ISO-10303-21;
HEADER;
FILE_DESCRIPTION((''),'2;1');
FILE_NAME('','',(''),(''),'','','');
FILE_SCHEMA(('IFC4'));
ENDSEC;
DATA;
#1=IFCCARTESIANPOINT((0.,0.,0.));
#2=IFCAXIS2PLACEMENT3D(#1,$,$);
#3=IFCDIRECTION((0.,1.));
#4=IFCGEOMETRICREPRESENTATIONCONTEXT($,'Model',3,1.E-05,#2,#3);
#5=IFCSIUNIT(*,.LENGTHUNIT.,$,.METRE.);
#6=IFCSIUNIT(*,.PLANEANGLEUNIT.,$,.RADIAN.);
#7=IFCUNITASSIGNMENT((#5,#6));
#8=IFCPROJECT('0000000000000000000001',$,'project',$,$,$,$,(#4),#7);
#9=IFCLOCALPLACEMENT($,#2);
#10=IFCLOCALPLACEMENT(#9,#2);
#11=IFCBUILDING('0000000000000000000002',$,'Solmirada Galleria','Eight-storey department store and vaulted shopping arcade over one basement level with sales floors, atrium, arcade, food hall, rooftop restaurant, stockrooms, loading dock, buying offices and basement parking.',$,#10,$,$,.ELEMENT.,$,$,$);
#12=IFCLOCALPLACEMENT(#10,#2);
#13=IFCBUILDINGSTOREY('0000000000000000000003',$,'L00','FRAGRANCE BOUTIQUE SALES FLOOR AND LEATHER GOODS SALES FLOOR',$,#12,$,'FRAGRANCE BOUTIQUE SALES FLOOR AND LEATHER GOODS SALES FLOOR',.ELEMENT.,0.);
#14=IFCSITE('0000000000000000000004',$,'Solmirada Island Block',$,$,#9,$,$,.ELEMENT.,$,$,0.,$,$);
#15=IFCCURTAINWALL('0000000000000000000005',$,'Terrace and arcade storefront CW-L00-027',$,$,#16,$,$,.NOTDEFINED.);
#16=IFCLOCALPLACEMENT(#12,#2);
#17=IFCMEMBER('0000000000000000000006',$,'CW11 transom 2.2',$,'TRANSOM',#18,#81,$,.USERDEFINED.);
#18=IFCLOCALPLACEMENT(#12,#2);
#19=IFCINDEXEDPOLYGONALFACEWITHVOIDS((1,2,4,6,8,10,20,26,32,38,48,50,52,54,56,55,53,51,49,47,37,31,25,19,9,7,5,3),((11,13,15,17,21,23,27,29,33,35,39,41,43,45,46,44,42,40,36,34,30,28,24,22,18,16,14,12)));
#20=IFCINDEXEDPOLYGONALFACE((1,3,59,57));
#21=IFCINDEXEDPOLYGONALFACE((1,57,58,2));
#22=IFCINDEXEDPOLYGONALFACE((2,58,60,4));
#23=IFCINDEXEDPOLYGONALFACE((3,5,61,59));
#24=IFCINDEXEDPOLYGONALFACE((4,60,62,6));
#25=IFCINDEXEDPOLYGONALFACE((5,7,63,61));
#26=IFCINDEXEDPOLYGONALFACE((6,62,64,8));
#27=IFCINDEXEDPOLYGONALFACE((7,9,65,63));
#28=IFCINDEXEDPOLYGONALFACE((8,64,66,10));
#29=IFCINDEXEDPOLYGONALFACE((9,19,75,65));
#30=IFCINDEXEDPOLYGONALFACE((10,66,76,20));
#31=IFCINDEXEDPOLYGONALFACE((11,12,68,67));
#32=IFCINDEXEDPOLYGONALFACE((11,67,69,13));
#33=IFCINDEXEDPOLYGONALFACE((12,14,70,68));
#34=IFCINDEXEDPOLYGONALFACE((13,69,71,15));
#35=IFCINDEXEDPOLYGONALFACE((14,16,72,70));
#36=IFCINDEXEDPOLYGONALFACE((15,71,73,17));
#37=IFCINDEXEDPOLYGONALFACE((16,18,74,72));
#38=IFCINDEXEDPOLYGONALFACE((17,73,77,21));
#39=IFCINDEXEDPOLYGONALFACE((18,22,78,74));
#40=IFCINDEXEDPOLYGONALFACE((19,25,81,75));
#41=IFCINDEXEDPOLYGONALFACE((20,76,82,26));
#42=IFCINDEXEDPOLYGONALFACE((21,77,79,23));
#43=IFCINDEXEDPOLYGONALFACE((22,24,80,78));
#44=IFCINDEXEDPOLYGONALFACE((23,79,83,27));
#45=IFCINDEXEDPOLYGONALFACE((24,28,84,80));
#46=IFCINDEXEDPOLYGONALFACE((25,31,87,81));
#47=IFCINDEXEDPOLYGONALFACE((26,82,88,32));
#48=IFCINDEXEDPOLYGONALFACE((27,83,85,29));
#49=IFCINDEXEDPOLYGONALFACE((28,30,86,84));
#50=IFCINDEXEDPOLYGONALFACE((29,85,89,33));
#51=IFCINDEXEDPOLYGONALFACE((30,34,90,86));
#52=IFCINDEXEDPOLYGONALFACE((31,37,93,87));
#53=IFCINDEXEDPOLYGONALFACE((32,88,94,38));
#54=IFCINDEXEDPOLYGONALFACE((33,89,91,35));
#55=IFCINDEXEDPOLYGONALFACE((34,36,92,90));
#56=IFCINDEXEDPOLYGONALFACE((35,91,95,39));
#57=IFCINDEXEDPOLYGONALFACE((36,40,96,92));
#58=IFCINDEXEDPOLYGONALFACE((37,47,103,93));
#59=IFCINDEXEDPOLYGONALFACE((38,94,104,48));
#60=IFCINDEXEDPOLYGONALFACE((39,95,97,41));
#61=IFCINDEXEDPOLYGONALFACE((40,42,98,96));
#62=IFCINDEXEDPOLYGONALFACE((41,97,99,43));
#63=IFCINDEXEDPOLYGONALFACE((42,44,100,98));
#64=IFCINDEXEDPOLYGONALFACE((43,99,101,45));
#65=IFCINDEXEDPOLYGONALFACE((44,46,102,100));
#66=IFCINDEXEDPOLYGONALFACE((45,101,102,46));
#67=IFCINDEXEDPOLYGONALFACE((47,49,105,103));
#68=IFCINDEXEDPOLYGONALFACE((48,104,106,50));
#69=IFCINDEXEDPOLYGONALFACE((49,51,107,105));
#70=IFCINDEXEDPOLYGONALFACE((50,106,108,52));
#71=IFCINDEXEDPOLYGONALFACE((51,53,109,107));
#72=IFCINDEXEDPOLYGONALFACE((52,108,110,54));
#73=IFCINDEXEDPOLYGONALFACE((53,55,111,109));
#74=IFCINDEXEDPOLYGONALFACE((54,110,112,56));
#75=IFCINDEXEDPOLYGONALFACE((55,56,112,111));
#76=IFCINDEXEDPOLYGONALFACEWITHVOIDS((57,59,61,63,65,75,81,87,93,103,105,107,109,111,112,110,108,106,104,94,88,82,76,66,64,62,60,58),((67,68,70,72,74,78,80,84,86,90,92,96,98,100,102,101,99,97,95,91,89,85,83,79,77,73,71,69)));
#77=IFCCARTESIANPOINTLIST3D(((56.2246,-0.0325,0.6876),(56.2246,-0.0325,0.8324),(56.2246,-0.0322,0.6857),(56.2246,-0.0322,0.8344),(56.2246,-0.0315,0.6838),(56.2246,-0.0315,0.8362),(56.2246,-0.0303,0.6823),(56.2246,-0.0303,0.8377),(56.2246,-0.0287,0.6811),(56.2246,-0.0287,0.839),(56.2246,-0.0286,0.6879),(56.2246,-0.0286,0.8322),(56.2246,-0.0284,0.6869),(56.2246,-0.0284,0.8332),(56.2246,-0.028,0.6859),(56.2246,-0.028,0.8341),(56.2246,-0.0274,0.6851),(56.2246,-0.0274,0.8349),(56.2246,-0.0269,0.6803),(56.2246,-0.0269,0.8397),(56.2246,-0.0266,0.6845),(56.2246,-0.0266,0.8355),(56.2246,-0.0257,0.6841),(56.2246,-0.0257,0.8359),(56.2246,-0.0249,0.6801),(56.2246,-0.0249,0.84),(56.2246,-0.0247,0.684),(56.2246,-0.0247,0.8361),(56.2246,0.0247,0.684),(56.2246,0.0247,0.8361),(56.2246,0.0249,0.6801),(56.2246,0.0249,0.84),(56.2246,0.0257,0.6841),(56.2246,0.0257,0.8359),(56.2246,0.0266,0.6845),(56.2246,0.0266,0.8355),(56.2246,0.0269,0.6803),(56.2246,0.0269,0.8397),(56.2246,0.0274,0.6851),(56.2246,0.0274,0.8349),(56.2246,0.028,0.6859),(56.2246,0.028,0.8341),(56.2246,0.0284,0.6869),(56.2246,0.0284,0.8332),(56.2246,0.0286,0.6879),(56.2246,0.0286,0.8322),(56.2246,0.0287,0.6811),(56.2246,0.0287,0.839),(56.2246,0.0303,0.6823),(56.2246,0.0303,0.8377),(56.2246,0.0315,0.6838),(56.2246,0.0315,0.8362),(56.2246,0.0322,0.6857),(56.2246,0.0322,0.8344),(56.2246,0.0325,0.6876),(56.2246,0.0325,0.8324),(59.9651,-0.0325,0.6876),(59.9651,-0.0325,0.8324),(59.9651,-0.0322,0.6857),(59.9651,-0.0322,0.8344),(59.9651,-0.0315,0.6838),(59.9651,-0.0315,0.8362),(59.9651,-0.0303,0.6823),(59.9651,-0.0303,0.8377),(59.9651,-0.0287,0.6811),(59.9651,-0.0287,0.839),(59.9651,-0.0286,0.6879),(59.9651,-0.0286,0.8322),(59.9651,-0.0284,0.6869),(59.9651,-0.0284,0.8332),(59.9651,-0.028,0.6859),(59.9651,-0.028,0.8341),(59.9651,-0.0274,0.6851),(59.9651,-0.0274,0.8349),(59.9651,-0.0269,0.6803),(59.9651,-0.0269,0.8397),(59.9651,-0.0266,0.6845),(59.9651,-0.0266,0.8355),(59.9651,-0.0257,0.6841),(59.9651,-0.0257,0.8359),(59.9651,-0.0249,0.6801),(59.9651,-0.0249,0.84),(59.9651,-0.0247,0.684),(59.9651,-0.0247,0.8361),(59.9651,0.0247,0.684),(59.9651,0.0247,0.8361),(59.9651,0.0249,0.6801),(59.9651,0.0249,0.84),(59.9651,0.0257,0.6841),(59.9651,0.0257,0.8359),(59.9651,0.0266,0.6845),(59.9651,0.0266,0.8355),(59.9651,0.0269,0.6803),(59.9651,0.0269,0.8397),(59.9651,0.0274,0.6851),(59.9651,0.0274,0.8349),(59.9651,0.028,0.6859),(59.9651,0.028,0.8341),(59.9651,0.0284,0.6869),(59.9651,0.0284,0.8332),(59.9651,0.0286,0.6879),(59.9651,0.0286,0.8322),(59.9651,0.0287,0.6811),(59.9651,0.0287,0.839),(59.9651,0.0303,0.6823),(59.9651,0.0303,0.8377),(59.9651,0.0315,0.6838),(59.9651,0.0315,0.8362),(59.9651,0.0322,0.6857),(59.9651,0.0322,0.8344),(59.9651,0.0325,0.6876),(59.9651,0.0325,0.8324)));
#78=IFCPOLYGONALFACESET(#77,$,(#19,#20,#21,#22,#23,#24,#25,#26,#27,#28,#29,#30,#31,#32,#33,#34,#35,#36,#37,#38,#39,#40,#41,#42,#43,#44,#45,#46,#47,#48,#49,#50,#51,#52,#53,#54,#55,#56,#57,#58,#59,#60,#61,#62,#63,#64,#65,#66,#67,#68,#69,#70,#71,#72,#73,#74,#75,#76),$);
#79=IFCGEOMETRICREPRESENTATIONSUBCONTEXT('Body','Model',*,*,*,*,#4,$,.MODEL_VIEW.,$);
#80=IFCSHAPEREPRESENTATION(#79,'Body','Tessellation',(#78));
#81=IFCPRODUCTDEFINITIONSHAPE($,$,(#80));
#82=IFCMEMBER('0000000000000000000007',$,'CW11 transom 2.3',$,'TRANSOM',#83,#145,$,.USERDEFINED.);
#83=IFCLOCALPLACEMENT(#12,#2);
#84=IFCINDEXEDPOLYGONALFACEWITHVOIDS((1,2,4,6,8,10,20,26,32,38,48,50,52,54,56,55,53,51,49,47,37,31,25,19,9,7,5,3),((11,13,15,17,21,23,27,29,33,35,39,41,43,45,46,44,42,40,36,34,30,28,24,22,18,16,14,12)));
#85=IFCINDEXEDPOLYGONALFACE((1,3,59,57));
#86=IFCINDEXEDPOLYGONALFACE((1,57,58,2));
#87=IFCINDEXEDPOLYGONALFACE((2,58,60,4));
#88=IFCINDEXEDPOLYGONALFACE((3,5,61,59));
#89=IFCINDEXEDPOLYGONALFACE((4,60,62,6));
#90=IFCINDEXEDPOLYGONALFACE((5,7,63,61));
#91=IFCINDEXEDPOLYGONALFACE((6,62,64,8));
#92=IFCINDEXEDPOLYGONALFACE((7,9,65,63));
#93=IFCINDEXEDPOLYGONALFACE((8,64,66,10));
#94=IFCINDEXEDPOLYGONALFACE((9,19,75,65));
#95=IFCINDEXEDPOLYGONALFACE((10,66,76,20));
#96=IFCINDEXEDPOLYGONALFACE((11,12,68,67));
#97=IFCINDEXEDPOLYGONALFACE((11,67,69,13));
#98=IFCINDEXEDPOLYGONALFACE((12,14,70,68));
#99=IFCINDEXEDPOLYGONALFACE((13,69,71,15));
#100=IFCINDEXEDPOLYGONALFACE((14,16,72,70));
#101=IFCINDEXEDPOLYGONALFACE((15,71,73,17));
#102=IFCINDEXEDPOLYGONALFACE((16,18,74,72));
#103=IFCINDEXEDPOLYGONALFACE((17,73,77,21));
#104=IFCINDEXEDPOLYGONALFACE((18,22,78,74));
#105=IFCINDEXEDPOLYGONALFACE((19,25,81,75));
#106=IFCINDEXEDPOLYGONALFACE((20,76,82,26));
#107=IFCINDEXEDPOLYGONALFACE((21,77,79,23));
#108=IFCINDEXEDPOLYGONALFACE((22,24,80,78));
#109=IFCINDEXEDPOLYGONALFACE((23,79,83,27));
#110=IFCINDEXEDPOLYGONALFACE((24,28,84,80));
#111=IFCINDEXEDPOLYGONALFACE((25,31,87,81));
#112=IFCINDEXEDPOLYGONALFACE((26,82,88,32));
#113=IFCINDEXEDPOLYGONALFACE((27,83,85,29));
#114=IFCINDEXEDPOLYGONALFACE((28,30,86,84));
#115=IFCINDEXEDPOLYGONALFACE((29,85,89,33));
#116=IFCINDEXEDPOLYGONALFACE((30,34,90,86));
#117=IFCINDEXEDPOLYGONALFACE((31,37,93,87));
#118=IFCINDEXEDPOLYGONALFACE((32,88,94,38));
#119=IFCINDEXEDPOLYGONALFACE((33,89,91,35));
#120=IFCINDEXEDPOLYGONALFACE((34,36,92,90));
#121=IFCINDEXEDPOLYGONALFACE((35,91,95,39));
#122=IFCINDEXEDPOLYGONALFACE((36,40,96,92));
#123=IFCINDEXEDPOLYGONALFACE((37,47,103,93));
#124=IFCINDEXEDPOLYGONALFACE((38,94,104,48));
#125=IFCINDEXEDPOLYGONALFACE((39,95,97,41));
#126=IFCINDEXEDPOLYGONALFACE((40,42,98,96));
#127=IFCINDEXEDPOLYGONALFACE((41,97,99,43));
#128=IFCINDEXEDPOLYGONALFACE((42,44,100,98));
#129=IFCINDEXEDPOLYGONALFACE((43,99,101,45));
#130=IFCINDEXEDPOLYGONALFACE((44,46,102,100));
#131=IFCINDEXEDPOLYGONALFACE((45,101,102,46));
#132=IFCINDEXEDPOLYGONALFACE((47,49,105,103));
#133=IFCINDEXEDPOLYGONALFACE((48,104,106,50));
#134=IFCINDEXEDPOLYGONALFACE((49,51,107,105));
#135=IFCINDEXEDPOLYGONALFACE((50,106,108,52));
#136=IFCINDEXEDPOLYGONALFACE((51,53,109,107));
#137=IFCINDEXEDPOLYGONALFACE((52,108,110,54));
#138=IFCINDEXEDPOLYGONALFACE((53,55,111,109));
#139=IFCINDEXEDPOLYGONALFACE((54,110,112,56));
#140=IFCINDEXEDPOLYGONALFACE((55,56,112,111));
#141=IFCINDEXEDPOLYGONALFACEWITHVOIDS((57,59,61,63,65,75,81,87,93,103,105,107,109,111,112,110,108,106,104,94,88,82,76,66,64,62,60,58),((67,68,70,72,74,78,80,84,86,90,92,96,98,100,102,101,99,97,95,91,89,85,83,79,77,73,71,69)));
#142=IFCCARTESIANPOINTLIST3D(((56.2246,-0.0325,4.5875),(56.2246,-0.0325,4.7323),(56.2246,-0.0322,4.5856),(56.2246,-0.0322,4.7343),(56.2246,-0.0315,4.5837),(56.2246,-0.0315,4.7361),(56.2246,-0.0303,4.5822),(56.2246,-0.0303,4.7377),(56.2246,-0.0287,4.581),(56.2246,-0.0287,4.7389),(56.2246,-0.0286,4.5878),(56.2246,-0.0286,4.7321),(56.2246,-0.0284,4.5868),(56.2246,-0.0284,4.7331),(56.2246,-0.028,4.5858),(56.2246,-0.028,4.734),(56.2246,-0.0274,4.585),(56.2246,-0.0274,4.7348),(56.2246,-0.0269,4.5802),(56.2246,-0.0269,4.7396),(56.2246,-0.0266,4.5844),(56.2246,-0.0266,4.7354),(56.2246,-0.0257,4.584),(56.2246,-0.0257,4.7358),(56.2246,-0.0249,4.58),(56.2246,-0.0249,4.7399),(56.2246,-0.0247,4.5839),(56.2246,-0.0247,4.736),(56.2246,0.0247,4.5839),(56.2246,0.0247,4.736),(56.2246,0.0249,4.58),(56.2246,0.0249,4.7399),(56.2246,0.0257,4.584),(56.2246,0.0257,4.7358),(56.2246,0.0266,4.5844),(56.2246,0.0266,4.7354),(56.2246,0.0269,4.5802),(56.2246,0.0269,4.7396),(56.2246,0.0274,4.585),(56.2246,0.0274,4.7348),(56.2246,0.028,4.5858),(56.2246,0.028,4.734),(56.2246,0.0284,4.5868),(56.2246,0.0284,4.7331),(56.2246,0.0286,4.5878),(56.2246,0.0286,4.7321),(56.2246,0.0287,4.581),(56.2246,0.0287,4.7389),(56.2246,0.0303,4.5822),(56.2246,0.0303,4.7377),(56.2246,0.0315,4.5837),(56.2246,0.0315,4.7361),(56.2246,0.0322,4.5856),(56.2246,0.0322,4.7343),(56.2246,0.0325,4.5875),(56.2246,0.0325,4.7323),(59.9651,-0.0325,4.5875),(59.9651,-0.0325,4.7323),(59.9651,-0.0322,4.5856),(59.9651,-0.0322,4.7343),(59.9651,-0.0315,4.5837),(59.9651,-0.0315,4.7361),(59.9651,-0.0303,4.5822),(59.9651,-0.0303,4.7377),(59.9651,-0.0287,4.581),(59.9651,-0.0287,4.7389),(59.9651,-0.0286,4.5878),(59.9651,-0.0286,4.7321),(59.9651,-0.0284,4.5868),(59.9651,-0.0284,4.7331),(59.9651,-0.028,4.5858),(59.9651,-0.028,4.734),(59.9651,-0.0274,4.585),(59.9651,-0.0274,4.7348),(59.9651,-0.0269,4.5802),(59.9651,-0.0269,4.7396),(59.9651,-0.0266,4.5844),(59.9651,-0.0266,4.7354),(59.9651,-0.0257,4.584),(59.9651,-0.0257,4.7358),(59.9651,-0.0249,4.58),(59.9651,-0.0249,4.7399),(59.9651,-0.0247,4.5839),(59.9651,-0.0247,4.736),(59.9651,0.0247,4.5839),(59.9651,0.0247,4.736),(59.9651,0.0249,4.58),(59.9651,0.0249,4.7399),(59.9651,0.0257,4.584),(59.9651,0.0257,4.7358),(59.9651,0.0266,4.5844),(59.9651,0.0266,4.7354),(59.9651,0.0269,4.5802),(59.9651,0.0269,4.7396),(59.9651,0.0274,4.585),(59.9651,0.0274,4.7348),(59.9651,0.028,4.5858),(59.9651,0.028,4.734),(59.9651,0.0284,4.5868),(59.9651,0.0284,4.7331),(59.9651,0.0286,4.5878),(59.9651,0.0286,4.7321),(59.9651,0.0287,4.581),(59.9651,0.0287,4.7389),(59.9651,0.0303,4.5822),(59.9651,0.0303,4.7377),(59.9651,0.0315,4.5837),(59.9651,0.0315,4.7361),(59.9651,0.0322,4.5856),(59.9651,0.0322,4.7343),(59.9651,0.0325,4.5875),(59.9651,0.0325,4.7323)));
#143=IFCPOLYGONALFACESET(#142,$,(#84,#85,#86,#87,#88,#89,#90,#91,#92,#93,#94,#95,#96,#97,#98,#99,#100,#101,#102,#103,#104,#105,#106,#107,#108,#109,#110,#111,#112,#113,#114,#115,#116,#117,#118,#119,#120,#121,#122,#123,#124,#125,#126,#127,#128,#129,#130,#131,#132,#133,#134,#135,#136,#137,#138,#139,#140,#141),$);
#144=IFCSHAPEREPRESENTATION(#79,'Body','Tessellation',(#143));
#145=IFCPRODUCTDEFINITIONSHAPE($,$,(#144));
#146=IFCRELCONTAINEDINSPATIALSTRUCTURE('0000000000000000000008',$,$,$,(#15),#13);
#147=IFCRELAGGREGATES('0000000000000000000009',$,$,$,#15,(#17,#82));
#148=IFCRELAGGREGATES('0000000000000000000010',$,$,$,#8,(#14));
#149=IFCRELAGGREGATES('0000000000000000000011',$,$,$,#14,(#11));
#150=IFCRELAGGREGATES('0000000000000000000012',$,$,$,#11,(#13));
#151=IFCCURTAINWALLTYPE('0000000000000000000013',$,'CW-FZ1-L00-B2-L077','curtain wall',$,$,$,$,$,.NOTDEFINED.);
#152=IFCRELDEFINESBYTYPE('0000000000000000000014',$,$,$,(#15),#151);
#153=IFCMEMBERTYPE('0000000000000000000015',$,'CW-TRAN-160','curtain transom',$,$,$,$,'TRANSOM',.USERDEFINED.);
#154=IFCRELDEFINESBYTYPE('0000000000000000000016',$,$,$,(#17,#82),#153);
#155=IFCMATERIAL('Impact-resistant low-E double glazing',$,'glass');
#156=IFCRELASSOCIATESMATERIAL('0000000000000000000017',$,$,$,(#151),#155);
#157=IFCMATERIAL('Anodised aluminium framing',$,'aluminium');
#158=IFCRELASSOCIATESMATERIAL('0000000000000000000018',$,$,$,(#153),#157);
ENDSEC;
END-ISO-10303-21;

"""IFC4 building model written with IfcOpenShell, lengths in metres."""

from ifc_helpers import new_model, si_unit, direction, frame, origin, origin_2d, place, context, subcontext, project, spatial, hollow_rectangle, extrude, material, material_profile, profile_set, type_object, element, aggregate, save


model = new_model("IFC4")

# Units and contexts
model_context = context("Model", 3, precision=1e-05, world=origin(), true_north=direction((0.0, 1.0)))
body_context = subcontext(model_context, "Body", "Model", "MODEL_VIEW")
ifc_project = project(units=[si_unit("LENGTHUNIT", "METRE"), si_unit("PLANEANGLEUNIT", "RADIAN")], contexts=[model_context])

# Site, building, storey
site_placement = place(None, origin())
site = spatial("IfcSite", under=ifc_project, at=site_placement, Name="Solmirada Island Block", CompositionType="ELEMENT", RefElevation=0.0)
building_placement = place(site_placement, origin())
building = spatial("IfcBuilding", under=site, at=building_placement, Name="Solmirada Galleria", Description="Eight-storey department store and vaulted shopping arcade over one basement level with sales floors, atrium, arcade, food hall, rooftop restaurant, stockrooms, loading dock, buying offices and basement parking.", CompositionType="ELEMENT")
storey_placement = place(building_placement, origin())
storey = spatial("IfcBuildingStorey", under=building, at=storey_placement, Name="L00", Description="FRAGRANCE BOUTIQUE SALES FLOOR AND LEATHER GOODS SALES FLOOR", LongName="FRAGRANCE BOUTIQUE SALES FLOOR AND LEATHER GOODS SALES FLOOR", CompositionType="ELEMENT", Elevation=0.0)

# Curtain wall, members
ifc_material_1 = material(Name="Impact-resistant low-E double glazing", Category="glass")
curtain_wall_type = type_object("IfcCurtainWallType", Name="CW-FZ1-L00-B2-L077", Description="curtain wall", PredefinedType="NOTDEFINED", material=ifc_material_1)
curtain_wall_placement = place(storey_placement, origin())
curtain_wall = element("IfcCurtainWall", 1, at=curtain_wall_placement, inside=storey, type_object=curtain_wall_type, Name="Terrace and arcade storefront CW-L00-027", PredefinedType="NOTDEFINED")
ifc_material_2 = material(Name="Anodised aluminium framing", Category="aluminium")
ifc_material_profile_1 = material_profile(ifc_material_2, hollow_rectangle(XDim=0.0649, YDim=0.1599, WallThickness=0.0039, InnerFilletRadius=0.0039, OuterFilletRadius=0.0076, at=origin_2d()), Name="ALU-TRAN-160X65")
ifc_profile_set_1 = profile_set([ifc_material_profile_1], Name="Anodised aluminium framing")
member_type_1 = type_object("IfcMemberType", Name="CW-TRAN-160", Description="curtain transom", ElementType="TRANSOM", PredefinedType="USERDEFINED", material=ifc_profile_set_1)
member_1_placement = place(storey_placement, frame((59.9651, 0.0, 0.76), z_axis=(-1.0, 0.0, 0.0), x_axis=(0.0, -1.0, 0.0)))
member_1 = element("IfcMember", 2, at=member_1_placement, type_object=member_type_1, Name="CW11 transom 2.2", ObjectType="TRANSOM", PredefinedType="USERDEFINED", context=body_context, shape_type="SweptSolid", body=[
    extrude(hollow_rectangle(XDim=0.0649, YDim=0.1599, WallThickness=0.0039, InnerFilletRadius=0.0039, OuterFilletRadius=0.0076, at=origin_2d()), origin(), (0.0, 0.0, 1.0), 3.7405),
])
member_2_placement = place(storey_placement, frame((59.9651, 0.0, 4.6599), z_axis=(-1.0, 0.0, 0.0), x_axis=(0.0, -1.0, 0.0)))
member_2 = element("IfcMember", 3, at=member_2_placement, type_object=member_type_1, Name="CW11 transom 2.3", ObjectType="TRANSOM", PredefinedType="USERDEFINED", context=body_context, shape_type="SweptSolid", body=[
    extrude(hollow_rectangle(XDim=0.0649, YDim=0.1599, WallThickness=0.0039, InnerFilletRadius=0.0039, OuterFilletRadius=0.0076, at=origin_2d()), origin(), (0.0, 0.0, 1.0), 3.7405),
])
aggregate(curtain_wall, [member_1, member_2])

save(model, "model.ifc")
